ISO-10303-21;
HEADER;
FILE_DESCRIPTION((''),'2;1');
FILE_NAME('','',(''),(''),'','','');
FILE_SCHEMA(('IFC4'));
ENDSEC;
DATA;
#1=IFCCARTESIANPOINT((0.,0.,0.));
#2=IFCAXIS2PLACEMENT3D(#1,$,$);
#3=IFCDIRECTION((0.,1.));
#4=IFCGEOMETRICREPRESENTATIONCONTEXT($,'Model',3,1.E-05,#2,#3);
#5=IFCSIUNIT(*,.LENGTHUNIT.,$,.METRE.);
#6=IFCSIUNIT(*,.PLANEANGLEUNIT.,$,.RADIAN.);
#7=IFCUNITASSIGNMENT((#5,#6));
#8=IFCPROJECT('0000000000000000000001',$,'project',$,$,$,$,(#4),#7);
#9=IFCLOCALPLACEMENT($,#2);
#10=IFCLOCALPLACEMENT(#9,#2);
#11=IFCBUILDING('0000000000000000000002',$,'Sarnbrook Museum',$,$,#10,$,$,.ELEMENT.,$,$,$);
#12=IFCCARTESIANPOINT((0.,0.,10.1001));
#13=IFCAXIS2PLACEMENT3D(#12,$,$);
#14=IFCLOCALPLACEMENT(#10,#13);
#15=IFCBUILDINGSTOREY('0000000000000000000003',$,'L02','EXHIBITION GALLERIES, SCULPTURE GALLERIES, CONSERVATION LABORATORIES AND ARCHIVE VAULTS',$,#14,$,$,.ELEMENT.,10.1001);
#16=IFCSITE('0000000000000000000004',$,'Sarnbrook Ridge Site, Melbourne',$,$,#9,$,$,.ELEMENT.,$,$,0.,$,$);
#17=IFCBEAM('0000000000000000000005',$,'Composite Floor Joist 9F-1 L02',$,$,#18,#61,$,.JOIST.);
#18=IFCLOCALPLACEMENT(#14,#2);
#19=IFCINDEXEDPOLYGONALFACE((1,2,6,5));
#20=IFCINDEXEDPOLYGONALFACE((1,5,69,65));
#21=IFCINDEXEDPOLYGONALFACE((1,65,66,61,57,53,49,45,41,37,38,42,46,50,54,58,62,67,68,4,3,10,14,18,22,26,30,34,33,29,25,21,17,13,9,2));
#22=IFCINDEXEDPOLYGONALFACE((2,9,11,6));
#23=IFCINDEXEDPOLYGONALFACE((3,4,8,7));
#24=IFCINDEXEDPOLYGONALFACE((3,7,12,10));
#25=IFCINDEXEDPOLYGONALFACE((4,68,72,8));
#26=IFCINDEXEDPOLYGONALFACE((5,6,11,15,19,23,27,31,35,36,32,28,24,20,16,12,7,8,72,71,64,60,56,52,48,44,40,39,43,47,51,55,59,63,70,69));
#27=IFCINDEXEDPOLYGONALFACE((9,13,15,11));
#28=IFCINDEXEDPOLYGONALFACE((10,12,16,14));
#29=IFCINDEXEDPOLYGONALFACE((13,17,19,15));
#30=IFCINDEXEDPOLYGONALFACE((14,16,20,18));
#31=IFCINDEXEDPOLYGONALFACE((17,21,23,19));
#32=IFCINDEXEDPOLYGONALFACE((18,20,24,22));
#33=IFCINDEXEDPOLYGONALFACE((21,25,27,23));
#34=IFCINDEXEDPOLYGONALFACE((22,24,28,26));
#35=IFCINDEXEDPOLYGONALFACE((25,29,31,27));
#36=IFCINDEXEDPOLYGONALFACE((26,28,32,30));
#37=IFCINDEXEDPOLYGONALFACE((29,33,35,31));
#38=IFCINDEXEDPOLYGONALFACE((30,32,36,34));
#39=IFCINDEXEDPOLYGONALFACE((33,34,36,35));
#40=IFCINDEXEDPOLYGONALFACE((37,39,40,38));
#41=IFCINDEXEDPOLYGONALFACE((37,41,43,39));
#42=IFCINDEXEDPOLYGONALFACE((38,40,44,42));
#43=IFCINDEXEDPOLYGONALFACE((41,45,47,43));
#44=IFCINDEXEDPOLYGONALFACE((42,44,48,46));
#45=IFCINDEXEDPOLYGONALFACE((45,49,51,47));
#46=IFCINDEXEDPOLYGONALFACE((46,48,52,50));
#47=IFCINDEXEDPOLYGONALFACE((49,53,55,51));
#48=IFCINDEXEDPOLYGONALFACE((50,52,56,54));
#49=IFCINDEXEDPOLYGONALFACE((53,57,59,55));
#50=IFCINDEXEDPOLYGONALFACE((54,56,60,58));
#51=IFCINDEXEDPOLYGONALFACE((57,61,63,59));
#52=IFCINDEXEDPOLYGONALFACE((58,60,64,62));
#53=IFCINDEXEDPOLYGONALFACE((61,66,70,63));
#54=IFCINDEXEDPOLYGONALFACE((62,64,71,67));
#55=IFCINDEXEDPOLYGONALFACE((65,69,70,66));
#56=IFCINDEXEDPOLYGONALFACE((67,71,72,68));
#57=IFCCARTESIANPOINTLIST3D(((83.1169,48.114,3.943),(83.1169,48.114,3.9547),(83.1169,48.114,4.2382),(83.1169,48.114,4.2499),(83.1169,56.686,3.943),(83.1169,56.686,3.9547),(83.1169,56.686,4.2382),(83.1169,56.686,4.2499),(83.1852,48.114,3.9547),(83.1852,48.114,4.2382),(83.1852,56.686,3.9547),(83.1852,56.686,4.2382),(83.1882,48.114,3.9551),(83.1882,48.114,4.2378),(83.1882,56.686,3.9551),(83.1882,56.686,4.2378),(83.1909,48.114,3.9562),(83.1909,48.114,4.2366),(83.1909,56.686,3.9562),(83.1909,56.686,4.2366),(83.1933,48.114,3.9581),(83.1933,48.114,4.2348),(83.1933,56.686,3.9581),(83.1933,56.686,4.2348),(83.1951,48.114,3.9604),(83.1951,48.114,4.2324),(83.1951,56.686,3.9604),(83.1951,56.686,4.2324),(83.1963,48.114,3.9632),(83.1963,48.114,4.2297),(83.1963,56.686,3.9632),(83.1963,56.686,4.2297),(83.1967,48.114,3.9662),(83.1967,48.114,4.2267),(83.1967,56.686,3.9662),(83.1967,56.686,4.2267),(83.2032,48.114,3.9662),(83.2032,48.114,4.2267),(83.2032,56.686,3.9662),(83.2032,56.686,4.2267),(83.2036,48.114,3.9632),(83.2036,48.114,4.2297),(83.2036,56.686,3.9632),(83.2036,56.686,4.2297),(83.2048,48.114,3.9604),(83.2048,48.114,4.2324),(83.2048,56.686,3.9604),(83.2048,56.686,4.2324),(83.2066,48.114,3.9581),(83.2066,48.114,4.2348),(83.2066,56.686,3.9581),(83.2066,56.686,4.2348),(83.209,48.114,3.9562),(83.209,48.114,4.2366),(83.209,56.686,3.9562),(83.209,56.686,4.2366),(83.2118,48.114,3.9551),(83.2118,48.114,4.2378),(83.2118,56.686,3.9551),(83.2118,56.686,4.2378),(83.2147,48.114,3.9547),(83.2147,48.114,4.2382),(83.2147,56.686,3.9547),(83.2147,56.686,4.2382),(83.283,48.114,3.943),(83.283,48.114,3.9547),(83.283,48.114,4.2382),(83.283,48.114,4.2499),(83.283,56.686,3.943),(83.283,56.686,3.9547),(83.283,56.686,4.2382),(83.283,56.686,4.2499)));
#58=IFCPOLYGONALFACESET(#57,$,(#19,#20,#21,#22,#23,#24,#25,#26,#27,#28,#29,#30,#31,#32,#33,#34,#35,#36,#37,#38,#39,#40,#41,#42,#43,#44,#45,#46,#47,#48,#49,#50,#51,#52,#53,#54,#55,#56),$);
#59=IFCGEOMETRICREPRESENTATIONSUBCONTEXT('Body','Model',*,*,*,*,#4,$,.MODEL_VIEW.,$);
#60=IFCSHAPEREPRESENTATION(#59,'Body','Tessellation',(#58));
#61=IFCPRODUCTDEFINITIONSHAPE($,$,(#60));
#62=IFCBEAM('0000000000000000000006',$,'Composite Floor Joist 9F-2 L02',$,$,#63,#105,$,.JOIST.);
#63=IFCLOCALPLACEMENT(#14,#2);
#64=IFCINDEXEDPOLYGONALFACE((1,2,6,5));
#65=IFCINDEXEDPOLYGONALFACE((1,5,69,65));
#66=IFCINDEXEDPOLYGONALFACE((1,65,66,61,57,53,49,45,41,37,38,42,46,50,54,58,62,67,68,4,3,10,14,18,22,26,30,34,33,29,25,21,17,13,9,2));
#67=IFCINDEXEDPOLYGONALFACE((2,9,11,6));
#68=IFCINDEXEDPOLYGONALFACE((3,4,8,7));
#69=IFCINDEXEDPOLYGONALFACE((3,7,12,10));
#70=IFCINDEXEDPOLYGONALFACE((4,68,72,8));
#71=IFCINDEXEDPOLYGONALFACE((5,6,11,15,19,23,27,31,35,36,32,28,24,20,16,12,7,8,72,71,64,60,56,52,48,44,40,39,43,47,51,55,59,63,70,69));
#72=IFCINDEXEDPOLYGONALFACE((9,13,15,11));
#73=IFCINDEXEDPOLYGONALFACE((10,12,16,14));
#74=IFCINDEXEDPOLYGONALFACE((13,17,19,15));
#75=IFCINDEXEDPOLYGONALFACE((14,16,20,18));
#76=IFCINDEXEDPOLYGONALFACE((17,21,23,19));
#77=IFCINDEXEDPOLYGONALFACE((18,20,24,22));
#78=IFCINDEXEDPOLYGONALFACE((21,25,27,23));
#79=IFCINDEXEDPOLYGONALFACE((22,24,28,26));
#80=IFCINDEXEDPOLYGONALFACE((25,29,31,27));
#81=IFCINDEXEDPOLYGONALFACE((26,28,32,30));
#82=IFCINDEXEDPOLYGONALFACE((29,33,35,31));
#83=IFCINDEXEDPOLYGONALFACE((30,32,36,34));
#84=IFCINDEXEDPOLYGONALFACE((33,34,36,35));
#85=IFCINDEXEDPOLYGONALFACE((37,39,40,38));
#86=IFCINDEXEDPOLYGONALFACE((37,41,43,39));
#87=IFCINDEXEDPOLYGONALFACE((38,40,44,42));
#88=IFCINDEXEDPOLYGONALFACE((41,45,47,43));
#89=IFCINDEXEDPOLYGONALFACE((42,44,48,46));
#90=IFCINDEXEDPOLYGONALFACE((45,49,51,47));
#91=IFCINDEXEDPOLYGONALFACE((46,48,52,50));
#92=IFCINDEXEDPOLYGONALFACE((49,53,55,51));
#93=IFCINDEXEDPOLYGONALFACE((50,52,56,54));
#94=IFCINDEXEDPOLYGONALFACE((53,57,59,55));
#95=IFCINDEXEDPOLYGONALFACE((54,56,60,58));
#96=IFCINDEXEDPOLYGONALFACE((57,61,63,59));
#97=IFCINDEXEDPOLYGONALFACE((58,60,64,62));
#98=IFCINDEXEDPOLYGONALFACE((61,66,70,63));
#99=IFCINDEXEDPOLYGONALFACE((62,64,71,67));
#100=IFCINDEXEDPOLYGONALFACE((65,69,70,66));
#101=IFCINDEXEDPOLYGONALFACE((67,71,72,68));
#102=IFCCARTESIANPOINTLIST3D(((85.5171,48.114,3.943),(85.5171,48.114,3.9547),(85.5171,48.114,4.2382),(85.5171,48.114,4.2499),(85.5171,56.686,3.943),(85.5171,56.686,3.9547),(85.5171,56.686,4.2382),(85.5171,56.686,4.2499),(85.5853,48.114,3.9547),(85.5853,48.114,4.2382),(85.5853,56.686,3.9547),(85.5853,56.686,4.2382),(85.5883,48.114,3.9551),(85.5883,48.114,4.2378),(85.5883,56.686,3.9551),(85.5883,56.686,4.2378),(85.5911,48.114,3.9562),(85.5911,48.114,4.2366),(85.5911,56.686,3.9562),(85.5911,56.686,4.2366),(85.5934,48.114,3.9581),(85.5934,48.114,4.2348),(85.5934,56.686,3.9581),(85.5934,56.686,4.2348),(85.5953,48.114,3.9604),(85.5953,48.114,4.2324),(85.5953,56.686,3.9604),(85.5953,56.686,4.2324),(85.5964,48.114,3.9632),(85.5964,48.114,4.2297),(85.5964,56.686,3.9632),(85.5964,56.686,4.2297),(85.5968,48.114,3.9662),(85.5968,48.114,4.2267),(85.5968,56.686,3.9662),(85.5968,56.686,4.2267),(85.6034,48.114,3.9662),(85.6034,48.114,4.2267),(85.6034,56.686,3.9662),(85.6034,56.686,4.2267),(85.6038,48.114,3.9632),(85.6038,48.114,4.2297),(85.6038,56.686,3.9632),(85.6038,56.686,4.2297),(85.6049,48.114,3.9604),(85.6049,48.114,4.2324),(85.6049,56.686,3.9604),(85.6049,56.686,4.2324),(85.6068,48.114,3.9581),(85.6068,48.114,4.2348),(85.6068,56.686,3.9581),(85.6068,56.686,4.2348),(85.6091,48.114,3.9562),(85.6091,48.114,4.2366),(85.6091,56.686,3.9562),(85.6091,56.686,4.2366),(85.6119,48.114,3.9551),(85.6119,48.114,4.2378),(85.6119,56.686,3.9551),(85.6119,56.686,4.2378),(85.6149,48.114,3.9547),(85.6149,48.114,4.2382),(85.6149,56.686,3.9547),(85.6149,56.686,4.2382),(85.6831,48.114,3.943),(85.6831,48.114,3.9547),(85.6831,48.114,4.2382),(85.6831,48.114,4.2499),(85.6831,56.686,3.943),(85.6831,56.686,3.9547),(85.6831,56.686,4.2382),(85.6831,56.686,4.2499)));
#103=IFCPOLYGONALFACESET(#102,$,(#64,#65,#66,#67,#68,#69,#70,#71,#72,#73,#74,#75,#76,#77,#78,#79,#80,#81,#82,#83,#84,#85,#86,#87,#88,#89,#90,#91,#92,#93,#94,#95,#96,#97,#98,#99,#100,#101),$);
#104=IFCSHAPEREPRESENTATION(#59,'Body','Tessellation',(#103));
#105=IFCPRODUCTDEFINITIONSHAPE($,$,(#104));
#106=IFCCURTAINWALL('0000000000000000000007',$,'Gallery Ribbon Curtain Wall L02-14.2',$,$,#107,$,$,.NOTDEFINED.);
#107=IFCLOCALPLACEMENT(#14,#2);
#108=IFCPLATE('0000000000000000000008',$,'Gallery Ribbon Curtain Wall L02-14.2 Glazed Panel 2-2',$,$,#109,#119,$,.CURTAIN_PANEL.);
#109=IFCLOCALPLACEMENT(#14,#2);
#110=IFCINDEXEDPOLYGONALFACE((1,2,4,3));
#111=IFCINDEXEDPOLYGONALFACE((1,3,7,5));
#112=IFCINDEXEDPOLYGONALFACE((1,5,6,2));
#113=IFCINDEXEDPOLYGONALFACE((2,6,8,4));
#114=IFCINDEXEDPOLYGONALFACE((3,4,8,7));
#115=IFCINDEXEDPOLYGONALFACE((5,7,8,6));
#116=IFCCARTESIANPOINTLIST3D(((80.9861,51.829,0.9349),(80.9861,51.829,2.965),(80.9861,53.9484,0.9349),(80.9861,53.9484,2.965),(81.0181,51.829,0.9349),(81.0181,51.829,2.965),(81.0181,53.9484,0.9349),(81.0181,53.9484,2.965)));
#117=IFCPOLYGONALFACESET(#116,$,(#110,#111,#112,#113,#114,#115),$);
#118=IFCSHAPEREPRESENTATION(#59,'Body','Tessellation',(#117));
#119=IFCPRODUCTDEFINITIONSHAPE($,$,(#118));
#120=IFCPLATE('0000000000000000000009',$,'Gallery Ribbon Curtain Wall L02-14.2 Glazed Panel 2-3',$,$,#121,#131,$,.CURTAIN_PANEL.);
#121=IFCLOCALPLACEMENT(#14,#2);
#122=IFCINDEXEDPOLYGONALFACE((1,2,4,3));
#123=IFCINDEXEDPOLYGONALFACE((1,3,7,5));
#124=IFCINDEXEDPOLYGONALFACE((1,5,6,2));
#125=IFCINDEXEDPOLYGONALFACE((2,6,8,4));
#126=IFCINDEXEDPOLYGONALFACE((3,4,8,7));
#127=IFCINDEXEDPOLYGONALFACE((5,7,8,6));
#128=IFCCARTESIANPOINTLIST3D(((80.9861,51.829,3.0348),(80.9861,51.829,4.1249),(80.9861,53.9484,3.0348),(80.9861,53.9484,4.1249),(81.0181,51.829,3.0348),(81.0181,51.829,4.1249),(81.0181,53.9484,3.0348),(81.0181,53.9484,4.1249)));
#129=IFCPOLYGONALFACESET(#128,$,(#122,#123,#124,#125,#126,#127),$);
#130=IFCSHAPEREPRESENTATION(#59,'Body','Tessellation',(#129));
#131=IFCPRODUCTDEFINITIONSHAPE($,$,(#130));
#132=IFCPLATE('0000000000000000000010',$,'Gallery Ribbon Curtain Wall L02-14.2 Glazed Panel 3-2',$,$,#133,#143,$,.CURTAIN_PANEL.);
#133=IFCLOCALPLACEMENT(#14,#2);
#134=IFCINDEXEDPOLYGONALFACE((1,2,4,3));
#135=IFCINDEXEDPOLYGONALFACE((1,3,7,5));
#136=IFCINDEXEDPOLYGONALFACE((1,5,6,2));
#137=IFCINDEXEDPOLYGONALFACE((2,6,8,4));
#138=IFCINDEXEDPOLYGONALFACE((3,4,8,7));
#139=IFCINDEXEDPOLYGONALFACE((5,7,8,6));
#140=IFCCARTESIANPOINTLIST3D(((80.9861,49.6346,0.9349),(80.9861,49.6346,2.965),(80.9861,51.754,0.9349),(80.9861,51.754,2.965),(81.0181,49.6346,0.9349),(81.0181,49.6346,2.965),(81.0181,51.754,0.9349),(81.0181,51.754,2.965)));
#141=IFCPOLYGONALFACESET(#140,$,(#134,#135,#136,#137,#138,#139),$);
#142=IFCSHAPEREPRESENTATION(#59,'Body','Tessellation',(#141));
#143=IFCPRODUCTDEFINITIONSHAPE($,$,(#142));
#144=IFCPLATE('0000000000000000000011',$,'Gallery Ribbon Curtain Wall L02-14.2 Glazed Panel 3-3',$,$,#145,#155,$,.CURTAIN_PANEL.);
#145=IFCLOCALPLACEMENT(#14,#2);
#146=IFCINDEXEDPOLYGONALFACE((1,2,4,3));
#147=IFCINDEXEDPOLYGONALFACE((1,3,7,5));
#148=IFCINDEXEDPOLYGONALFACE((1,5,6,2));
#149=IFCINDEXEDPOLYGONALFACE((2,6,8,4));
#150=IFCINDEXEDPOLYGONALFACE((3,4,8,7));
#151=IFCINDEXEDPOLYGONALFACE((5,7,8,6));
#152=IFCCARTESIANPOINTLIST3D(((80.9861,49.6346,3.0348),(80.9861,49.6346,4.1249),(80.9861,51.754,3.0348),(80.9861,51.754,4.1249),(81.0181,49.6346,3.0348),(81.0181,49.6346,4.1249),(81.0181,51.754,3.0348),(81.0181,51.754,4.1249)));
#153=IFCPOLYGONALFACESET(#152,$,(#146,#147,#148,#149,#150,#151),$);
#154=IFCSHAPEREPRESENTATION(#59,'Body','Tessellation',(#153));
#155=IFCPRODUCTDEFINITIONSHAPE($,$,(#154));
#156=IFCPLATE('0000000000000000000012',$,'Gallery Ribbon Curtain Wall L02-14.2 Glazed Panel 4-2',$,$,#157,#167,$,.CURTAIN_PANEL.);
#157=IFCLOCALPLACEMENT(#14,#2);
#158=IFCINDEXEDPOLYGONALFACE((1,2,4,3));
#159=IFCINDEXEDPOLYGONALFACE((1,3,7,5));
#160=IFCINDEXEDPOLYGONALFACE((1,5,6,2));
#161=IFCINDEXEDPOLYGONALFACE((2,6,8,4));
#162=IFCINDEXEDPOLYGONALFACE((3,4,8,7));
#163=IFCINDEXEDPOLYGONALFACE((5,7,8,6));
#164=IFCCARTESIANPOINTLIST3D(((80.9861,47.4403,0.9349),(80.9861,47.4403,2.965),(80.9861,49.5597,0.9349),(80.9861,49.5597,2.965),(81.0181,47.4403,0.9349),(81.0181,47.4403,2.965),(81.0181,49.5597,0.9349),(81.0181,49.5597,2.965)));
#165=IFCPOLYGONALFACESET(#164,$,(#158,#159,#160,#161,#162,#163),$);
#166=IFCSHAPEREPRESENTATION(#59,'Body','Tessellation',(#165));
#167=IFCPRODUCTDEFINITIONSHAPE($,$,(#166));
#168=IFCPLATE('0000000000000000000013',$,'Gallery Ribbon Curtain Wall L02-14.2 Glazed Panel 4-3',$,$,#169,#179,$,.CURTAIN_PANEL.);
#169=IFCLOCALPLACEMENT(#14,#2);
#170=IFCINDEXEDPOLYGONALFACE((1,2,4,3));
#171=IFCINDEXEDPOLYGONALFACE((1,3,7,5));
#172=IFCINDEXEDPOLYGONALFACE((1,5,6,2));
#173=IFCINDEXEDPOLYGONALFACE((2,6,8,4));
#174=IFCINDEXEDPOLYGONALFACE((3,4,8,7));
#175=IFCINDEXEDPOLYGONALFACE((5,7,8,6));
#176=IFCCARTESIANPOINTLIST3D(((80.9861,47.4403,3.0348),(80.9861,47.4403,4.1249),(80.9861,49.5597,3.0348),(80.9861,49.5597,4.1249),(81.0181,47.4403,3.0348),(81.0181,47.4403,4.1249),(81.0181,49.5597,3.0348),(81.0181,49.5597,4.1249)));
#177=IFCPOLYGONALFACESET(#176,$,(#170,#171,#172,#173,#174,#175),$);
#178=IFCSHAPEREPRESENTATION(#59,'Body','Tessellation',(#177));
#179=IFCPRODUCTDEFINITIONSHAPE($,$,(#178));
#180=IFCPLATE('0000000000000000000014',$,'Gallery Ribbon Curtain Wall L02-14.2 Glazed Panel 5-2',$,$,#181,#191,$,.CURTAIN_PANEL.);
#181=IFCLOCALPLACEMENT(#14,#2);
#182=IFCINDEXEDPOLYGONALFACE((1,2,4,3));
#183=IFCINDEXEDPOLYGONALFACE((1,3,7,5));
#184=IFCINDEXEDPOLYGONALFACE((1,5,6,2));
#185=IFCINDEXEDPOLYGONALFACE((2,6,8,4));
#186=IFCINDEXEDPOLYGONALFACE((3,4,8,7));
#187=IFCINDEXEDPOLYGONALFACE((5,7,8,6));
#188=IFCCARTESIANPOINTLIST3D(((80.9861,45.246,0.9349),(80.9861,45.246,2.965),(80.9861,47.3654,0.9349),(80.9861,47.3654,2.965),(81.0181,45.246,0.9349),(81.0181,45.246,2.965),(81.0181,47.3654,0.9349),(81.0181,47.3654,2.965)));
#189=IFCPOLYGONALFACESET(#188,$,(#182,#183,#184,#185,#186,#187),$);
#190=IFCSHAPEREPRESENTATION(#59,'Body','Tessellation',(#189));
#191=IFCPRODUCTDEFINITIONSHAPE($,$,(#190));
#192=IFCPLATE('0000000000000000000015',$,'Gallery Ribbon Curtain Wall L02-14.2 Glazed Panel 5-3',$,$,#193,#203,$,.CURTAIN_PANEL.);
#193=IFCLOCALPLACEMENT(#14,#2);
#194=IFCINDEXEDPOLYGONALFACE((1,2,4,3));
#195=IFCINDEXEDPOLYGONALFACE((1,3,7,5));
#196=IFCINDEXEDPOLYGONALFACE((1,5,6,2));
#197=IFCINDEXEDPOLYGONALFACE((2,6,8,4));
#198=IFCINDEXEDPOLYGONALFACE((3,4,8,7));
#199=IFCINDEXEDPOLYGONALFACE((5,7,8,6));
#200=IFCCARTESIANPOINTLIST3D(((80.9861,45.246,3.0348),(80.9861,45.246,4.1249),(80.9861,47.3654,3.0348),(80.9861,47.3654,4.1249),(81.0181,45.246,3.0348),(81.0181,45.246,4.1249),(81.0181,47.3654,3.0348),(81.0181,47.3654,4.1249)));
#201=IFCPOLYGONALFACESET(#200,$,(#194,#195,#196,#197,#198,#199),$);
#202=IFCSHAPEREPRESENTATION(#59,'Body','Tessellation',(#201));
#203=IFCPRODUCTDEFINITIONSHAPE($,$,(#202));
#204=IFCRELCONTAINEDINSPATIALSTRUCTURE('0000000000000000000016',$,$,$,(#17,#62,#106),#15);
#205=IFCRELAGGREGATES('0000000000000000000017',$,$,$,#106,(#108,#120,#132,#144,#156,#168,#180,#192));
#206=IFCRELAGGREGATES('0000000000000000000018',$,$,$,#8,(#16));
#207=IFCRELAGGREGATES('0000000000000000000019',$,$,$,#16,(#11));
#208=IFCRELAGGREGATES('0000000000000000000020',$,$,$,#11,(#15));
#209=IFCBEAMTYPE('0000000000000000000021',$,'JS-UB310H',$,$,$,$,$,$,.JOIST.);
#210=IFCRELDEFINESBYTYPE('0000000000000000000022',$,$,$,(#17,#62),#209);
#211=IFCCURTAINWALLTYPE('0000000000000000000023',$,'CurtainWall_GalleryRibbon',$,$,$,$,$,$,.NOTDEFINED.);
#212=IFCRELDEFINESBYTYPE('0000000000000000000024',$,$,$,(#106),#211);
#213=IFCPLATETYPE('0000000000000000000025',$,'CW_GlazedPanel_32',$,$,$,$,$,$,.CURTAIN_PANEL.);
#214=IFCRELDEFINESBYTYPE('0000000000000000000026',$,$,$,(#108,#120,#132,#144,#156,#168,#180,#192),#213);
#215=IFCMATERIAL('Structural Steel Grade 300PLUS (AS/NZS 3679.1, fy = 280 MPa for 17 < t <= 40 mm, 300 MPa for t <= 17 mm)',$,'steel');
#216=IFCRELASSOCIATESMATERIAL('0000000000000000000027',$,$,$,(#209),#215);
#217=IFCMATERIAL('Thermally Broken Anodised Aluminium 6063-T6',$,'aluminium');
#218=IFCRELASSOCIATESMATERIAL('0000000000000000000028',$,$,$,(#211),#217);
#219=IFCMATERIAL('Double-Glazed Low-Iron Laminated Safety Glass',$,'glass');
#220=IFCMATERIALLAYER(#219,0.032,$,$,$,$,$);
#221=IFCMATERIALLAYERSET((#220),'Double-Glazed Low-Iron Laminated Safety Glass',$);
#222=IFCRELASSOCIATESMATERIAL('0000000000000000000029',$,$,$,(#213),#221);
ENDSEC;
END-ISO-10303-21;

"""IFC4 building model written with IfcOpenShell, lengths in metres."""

from ifc_helpers import new_model, si_unit, direction, frame, origin, origin_2d, place, context, subcontext, project, spatial, rectangle, i_section, extrude, material, layer, layer_set, material_profile, profile_set, type_object, element, aggregate, save


model = new_model("IFC4")

# Units and contexts
model_context = context("Model", 3, precision=1e-05, world=origin(), true_north=direction((0.0, 1.0)))
body_context = subcontext(model_context, "Body", "Model", "MODEL_VIEW")
ifc_project = project(units=[si_unit("LENGTHUNIT", "METRE"), si_unit("PLANEANGLEUNIT", "RADIAN")], contexts=[model_context])

# Site, building, storey
site_placement = place(None, origin())
site = spatial("IfcSite", under=ifc_project, at=site_placement, Name="Sarnbrook Ridge Site, Melbourne", CompositionType="ELEMENT", RefElevation=0.0)
building_placement = place(site_placement, origin())
building = spatial("IfcBuilding", under=site, at=building_placement, Name="Sarnbrook Museum", CompositionType="ELEMENT")
storey_placement = place(building_placement, frame((0.0, 0.0, 10.1001)))
storey = spatial("IfcBuildingStorey", under=building, at=storey_placement, Name="L02", Description="EXHIBITION GALLERIES, SCULPTURE GALLERIES, CONSERVATION LABORATORIES AND ARCHIVE VAULTS", CompositionType="ELEMENT", Elevation=10.1001)

# Beams
ifc_material_1 = material(Name="Structural Steel Grade 300PLUS (AS/NZS 3679.1, fy = 280 MPa for 17 < t <= 40 mm, 300 MPa for t <= 17 mm)", Category="steel")
ifc_material_profile = material_profile(ifc_material_1, i_section(OverallWidth=0.166, OverallDepth=0.3069, WebThickness=0.0066, FlangeThickness=0.0117, FilletRadius=0.0115, at=origin_2d()), Name="310UB46.2")
ifc_profile_set = profile_set([ifc_material_profile], Name="Structural Steel Grade 300PLUS (AS/NZS 3679.1, fy = 280 MPa for 17 < t <= 40 mm, 300 MPa for t <= 17 mm)")
beam_type = type_object("IfcBeamType", Name="JS-UB310H", PredefinedType="JOIST", material=ifc_profile_set)
for number, where, z_axis, x_axis, name in (
    (1, (83.2, 48.114, 4.0964), (0.0, 1.0, 0.0), (-1.0, 0.0, 0.0), "Composite Floor Joist 9F-1 L02"),
    (2, (85.6001, 48.114, 4.0964), (0.0, 1.0, 0.0), (-1.0, 0.0, 0.0), "Composite Floor Joist 9F-2 L02"),
):
    element("IfcBeam", number, at=place(storey_placement, frame(where, z_axis=z_axis, x_axis=x_axis)), inside=storey, type_object=beam_type, Name=name, PredefinedType="JOIST", context=body_context, shape_type="SweptSolid", body=[
        extrude(i_section(OverallWidth=0.166, OverallDepth=0.3069, WebThickness=0.0066, FlangeThickness=0.0117, FilletRadius=0.0115, at=origin_2d()), origin(), (0.0, 0.0, 1.0), 8.572),
    ])

# Curtain wall, plates
ifc_material_2 = material(Name="Thermally Broken Anodised Aluminium 6063-T6", Category="aluminium")
curtain_wall_type = type_object("IfcCurtainWallType", Name="CurtainWall_GalleryRibbon", PredefinedType="NOTDEFINED", material=ifc_material_2)
curtain_wall_placement = place(storey_placement, origin())
curtain_wall = element("IfcCurtainWall", 3, at=curtain_wall_placement, inside=storey, type_object=curtain_wall_type, Name="Gallery Ribbon Curtain Wall L02-14.2", PredefinedType="NOTDEFINED")
ifc_material_3 = material(Name="Double-Glazed Low-Iron Laminated Safety Glass", Category="glass")
ifc_layer_1 = layer(ifc_material_3, 0.032)
ifc_layer_set_1 = layer_set([ifc_layer_1], Name="Double-Glazed Low-Iron Laminated Safety Glass")
plate_type_1 = type_object("IfcPlateType", Name="CW_GlazedPanel_32", PredefinedType="CURTAIN_PANEL", material=ifc_layer_set_1)
plate_1_placement = place(storey_placement, frame((81.0181, 52.8887, 1.95), z_axis=(-1.0, 0.0, 0.0), x_axis=(0.0, -1.0, 0.0)))
plate_1 = element("IfcPlate", 4, at=plate_1_placement, type_object=plate_type_1, Name="Gallery Ribbon Curtain Wall L02-14.2 Glazed Panel 2-2", PredefinedType="CURTAIN_PANEL", context=body_context, shape_type="SweptSolid", body=[
    extrude(rectangle(XDim=2.1194, YDim=2.03, at=origin_2d()), origin(), (0.0, 0.0, 1.0), 0.032),
])
plate_2_placement = place(storey_placement, frame((81.0181, 52.8887, 3.5798), z_axis=(-1.0, 0.0, 0.0), x_axis=(0.0, -1.0, 0.0)))
plate_2 = element("IfcPlate", 5, at=plate_2_placement, type_object=plate_type_1, Name="Gallery Ribbon Curtain Wall L02-14.2 Glazed Panel 2-3", PredefinedType="CURTAIN_PANEL", context=body_context, shape_type="SweptSolid", body=[
    extrude(rectangle(XDim=2.1194, YDim=1.0901, at=origin_2d()), origin(), (0.0, 0.0, 1.0), 0.032),
])
plate_3_placement = place(storey_placement, frame((81.0181, 50.6943, 1.95), z_axis=(-1.0, 0.0, 0.0), x_axis=(0.0, -1.0, 0.0)))
plate_3 = element("IfcPlate", 6, at=plate_3_placement, type_object=plate_type_1, Name="Gallery Ribbon Curtain Wall L02-14.2 Glazed Panel 3-2", PredefinedType="CURTAIN_PANEL", context=body_context, shape_type="SweptSolid", body=[
    extrude(rectangle(XDim=2.1194, YDim=2.03, at=origin_2d()), origin(), (0.0, 0.0, 1.0), 0.032),
])
plate_4_placement = place(storey_placement, frame((81.0181, 50.6943, 3.5798), z_axis=(-1.0, 0.0, 0.0), x_axis=(0.0, -1.0, 0.0)))
plate_4 = element("IfcPlate", 7, at=plate_4_placement, type_object=plate_type_1, Name="Gallery Ribbon Curtain Wall L02-14.2 Glazed Panel 3-3", PredefinedType="CURTAIN_PANEL", context=body_context, shape_type="SweptSolid", body=[
    extrude(rectangle(XDim=2.1194, YDim=1.0901, at=origin_2d()), origin(), (0.0, 0.0, 1.0), 0.032),
])
plate_5_placement = place(storey_placement, frame((81.0181, 48.5, 1.95), z_axis=(-1.0, 0.0, 0.0), x_axis=(0.0, -1.0, 0.0)))
plate_5 = element("IfcPlate", 8, at=plate_5_placement, type_object=plate_type_1, Name="Gallery Ribbon Curtain Wall L02-14.2 Glazed Panel 4-2", PredefinedType="CURTAIN_PANEL", context=body_context, shape_type="SweptSolid", body=[
    extrude(rectangle(XDim=2.1194, YDim=2.03, at=origin_2d()), origin(), (0.0, 0.0, 1.0), 0.032),
])
plate_6_placement = place(storey_placement, frame((81.0181, 48.5, 3.5798), z_axis=(-1.0, 0.0, 0.0), x_axis=(0.0, -1.0, 0.0)))
plate_6 = element("IfcPlate", 9, at=plate_6_placement, type_object=plate_type_1, Name="Gallery Ribbon Curtain Wall L02-14.2 Glazed Panel 4-3", PredefinedType="CURTAIN_PANEL", context=body_context, shape_type="SweptSolid", body=[
    extrude(rectangle(XDim=2.1194, YDim=1.0901, at=origin_2d()), origin(), (0.0, 0.0, 1.0), 0.032),
])
plate_7_placement = place(storey_placement, frame((81.0181, 46.3057, 1.95), z_axis=(-1.0, 0.0, 0.0), x_axis=(0.0, -1.0, 0.0)))
plate_7 = element("IfcPlate", 10, at=plate_7_placement, type_object=plate_type_1, Name="Gallery Ribbon Curtain Wall L02-14.2 Glazed Panel 5-2", PredefinedType="CURTAIN_PANEL", context=body_context, shape_type="SweptSolid", body=[
    extrude(rectangle(XDim=2.1194, YDim=2.03, at=origin_2d()), origin(), (0.0, 0.0, 1.0), 0.032),
])
plate_8_placement = place(storey_placement, frame((81.0181, 46.3057, 3.5798), z_axis=(-1.0, 0.0, 0.0), x_axis=(0.0, -1.0, 0.0)))
plate_8 = element("IfcPlate", 11, at=plate_8_placement, type_object=plate_type_1, Name="Gallery Ribbon Curtain Wall L02-14.2 Glazed Panel 5-3", PredefinedType="CURTAIN_PANEL", context=body_context, shape_type="SweptSolid", body=[
    extrude(rectangle(XDim=2.1194, YDim=1.0901, at=origin_2d()), origin(), (0.0, 0.0, 1.0), 0.032),
])
aggregate(curtain_wall, [plate_1, plate_2, plate_3, plate_4, plate_5, plate_6, plate_7, plate_8])

save(model, "model.ifc")
